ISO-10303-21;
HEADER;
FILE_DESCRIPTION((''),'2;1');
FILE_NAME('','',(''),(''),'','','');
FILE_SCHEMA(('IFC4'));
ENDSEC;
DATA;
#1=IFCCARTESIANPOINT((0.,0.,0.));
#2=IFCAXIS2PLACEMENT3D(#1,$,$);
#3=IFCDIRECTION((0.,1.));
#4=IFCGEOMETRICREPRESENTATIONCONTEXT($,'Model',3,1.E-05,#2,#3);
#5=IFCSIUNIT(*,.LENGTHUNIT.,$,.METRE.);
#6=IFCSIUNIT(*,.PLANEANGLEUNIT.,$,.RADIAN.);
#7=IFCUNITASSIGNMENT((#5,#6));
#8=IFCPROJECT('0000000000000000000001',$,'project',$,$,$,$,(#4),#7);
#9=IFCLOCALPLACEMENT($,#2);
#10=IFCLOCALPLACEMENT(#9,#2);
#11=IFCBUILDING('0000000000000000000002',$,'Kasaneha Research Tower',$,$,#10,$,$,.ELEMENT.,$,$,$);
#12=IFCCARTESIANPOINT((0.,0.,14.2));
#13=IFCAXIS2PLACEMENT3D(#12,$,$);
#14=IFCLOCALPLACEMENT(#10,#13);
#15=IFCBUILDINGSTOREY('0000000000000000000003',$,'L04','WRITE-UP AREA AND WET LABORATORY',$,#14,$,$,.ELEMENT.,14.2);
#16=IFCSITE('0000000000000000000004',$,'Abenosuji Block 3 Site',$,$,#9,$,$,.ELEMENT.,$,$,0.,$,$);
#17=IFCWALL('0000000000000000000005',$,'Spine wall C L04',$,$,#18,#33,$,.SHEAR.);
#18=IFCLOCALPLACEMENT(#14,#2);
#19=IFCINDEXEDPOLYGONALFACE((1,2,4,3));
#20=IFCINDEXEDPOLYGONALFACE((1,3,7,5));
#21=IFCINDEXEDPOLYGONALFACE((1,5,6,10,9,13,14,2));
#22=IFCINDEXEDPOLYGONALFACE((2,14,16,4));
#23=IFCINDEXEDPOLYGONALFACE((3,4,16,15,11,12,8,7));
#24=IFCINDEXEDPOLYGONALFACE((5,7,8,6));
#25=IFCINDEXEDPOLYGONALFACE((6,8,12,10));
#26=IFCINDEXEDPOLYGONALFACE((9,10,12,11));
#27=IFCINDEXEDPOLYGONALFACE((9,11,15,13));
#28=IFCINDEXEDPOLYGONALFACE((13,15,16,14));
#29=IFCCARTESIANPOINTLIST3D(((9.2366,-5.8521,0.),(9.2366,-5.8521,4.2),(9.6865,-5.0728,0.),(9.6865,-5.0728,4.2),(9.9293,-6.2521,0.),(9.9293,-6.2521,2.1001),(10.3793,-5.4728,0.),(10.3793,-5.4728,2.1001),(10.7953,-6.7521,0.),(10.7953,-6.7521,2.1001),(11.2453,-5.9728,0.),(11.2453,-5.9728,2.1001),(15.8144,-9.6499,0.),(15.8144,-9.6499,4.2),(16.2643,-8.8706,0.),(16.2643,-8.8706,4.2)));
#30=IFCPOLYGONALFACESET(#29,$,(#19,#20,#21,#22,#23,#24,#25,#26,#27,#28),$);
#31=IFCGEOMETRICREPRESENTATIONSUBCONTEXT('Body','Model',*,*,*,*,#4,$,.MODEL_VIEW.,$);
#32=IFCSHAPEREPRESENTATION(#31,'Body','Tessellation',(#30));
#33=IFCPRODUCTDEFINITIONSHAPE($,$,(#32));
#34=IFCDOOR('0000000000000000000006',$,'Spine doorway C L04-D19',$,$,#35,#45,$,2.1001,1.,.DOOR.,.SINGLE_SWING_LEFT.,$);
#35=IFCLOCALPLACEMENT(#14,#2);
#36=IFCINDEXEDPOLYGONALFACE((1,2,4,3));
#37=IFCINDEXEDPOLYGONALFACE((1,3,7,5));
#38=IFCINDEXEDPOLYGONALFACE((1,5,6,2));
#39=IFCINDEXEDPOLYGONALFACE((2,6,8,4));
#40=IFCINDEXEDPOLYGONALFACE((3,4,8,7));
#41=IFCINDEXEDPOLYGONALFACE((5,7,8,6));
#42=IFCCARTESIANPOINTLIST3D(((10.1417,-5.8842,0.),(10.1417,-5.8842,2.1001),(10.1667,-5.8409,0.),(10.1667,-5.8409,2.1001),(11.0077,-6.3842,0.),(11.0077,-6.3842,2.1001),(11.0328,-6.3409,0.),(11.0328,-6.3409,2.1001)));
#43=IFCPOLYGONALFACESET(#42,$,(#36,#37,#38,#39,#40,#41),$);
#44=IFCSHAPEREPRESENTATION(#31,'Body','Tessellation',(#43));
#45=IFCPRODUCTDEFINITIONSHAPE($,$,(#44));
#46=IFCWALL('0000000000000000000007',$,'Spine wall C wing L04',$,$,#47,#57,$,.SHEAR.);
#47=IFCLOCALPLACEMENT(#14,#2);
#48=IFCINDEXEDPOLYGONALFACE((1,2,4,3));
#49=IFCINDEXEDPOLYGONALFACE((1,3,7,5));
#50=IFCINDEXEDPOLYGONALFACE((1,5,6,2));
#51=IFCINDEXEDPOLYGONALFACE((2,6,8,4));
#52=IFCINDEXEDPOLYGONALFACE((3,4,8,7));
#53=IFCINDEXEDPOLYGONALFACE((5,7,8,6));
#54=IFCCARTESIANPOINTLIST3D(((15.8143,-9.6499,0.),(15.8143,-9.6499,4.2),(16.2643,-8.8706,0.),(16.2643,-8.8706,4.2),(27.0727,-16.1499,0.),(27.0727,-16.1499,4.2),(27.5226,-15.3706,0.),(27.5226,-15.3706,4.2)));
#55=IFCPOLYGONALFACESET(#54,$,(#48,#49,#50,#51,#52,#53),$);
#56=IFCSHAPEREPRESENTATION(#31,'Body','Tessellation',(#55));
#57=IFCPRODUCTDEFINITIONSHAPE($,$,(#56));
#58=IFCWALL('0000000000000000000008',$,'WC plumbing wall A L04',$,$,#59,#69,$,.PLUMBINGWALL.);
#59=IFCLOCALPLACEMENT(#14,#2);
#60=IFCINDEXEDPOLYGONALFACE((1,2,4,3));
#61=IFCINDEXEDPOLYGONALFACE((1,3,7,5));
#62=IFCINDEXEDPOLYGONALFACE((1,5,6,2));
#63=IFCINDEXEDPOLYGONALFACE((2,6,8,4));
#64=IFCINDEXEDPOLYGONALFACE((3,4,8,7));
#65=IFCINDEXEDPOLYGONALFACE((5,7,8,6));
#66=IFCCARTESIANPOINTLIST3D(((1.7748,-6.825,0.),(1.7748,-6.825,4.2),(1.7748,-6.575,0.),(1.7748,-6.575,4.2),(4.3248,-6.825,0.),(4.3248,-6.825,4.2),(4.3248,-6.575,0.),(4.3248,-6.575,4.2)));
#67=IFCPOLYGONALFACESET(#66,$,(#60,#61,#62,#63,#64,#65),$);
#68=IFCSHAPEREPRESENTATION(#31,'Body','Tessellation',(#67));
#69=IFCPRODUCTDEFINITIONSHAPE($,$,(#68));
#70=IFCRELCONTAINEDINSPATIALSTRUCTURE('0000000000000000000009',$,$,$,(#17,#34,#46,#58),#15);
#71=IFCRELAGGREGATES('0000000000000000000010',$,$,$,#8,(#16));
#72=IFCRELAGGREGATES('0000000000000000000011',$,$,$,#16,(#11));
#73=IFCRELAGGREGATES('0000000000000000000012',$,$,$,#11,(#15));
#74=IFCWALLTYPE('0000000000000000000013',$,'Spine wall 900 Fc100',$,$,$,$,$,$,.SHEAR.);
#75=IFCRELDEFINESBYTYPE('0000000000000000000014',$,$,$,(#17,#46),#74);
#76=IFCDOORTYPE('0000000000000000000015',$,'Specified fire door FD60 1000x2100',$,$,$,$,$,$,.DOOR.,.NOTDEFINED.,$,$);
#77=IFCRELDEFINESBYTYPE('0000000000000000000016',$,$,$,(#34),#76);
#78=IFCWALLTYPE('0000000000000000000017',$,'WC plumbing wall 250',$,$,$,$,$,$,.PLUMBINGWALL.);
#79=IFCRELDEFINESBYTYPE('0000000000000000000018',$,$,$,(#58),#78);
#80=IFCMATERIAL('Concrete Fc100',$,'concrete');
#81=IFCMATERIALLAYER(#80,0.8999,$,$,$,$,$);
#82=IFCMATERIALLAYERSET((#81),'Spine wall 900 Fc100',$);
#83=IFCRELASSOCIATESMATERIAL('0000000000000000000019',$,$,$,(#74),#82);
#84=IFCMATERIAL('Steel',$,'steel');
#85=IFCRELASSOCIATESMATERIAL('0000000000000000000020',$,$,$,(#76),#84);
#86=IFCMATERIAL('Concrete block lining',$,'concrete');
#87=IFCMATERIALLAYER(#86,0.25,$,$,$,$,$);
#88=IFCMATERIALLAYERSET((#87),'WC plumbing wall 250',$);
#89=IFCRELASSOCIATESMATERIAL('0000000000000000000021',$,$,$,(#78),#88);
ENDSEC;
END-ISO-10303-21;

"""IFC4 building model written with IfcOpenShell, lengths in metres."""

from ifc_helpers import new_model, si_unit, direction, frame, frame_2d, origin, place, context, subcontext, project, spatial, rectangle, extrude, material, layer, layer_set, type_object, element, fill, save


model = new_model("IFC4")

# Units and contexts
model_context = context("Model", 3, precision=1e-05, world=origin(), true_north=direction((0.0, 1.0)))
body_context = subcontext(model_context, "Body", "Model", "MODEL_VIEW")
ifc_project = project(units=[si_unit("LENGTHUNIT", "METRE"), si_unit("PLANEANGLEUNIT", "RADIAN")], contexts=[model_context])

# Site, building, storey
site_placement = place(None, origin())
site = spatial("IfcSite", under=ifc_project, at=site_placement, Name="Abenosuji Block 3 Site", CompositionType="ELEMENT", RefElevation=0.0)
building_placement = place(site_placement, origin())
building = spatial("IfcBuilding", under=site, at=building_placement, Name="Kasaneha Research Tower", CompositionType="ELEMENT")
storey_placement = place(building_placement, frame((0.0, 0.0, 14.2)))
storey = spatial("IfcBuildingStorey", under=building, at=storey_placement, Name="L04", Description="WRITE-UP AREA AND WET LABORATORY", CompositionType="ELEMENT", Elevation=14.2)

# Wall, opening, door
ifc_material_1 = material(Name="Concrete Fc100", Category="concrete")
ifc_layer_1 = layer(ifc_material_1, 0.8999)
ifc_layer_set_1 = layer_set([ifc_layer_1], Name="Spine wall 900 Fc100")
wall_type_1 = type_object("IfcWallType", Name="Spine wall 900 Fc100", PredefinedType="SHEAR", material=ifc_layer_set_1)
wall_1_placement = place(storey_placement, frame((9.4614, -5.4624, 0.0), z_axis=(0.0, 0.0, 1.0), x_axis=(0.866019, -0.500011, 0.0)))
wall_1 = element("IfcWall", 1, at=wall_1_placement, inside=storey, type_object=wall_type_1, Name="Spine wall C L04", PredefinedType="SHEAR", context=body_context, shape_type="SweptSolid", body=[
    extrude(rectangle(XDim=7.5955, YDim=0.8999, at=frame_2d((3.7979, 0.0))), origin(), (0.0, 0.0, 1.0), 4.2),
])
opening_1_placement = place(wall_1_placement, frame((0.8, 0.0, 0.0)))
opening_1 = element("IfcOpeningElement", 2, at=opening_1_placement, cuts=wall_1, PredefinedType="OPENING", context=body_context, shape_type="SweptSolid", body=[
    extrude(rectangle(XDim=1.0, YDim=2.1001, at=frame_2d((0.5, 1.05))), frame((0.0, 0.46, 0.0), z_axis=(0.0, -1.0, 0.0), x_axis=(1.0, 0.0, 0.0)), (0.0, 0.0, 1.0), 0.9199),
])
ifc_material_2 = material(Name="Steel", Category="steel")
door_type_1 = type_object("IfcDoorType", Name="Specified fire door FD60 1000x2100", OperationType="NOTDEFINED", PredefinedType="DOOR", material=ifc_material_2)
door_1_placement = place(opening_1_placement, origin())
door_1 = element("IfcDoor", 3, at=door_1_placement, inside=storey, type_object=door_type_1, Name="Spine doorway C L04-D19", OperationType="SINGLE_SWING_LEFT", OverallHeight=2.1001, OverallWidth=1.0, PredefinedType="DOOR", context=body_context, shape_type="SweptSolid", body=[
    extrude(rectangle(XDim=1.0, YDim=2.1001, at=frame_2d((0.5, 1.05))), frame((0.0, 0.0249, 0.0), z_axis=(0.0, -1.0, 0.0), x_axis=(1.0, 0.0, 0.0)), (0.0, 0.0, 1.0), 0.05),
])
fill(opening_1, door_1)

# Walls
wall_2_placement = place(storey_placement, frame((16.0393, -9.2603, 0.0), z_axis=(0.0, 0.0, 1.0), x_axis=(0.866025, -0.500001, 0.0)))
element("IfcWall", 4, at=wall_2_placement, inside=storey, type_object=wall_type_1, Name="Spine wall C wing L04", PredefinedType="SHEAR", context=body_context, shape_type="SweptSolid", body=[
    extrude(rectangle(XDim=13.0, YDim=0.8999, at=frame_2d((6.5, 0.0))), origin(), (0.0, 0.0, 1.0), 4.2),
])
ifc_material_3 = material(Name="Concrete block lining", Category="concrete")
ifc_layer_2 = layer(ifc_material_3, 0.25)
ifc_layer_set_2 = layer_set([ifc_layer_2], Name="WC plumbing wall 250")
wall_type_2 = type_object("IfcWallType", Name="WC plumbing wall 250", PredefinedType="PLUMBINGWALL", material=ifc_layer_set_2)
wall_3_placement = place(storey_placement, frame((1.7749, -6.7, 0.0), z_axis=(0.0, 0.0, 1.0), x_axis=(1.0, 0.0, 0.0)))
element("IfcWall", 5, at=wall_3_placement, inside=storey, type_object=wall_type_2, Name="WC plumbing wall A L04", PredefinedType="PLUMBINGWALL", context=body_context, shape_type="SweptSolid", body=[
    extrude(rectangle(XDim=2.55, YDim=0.25, at=frame_2d((1.2749, 0.0))), origin(), (0.0, 0.0, 1.0), 4.2),
])

save(model, "model.ifc")
